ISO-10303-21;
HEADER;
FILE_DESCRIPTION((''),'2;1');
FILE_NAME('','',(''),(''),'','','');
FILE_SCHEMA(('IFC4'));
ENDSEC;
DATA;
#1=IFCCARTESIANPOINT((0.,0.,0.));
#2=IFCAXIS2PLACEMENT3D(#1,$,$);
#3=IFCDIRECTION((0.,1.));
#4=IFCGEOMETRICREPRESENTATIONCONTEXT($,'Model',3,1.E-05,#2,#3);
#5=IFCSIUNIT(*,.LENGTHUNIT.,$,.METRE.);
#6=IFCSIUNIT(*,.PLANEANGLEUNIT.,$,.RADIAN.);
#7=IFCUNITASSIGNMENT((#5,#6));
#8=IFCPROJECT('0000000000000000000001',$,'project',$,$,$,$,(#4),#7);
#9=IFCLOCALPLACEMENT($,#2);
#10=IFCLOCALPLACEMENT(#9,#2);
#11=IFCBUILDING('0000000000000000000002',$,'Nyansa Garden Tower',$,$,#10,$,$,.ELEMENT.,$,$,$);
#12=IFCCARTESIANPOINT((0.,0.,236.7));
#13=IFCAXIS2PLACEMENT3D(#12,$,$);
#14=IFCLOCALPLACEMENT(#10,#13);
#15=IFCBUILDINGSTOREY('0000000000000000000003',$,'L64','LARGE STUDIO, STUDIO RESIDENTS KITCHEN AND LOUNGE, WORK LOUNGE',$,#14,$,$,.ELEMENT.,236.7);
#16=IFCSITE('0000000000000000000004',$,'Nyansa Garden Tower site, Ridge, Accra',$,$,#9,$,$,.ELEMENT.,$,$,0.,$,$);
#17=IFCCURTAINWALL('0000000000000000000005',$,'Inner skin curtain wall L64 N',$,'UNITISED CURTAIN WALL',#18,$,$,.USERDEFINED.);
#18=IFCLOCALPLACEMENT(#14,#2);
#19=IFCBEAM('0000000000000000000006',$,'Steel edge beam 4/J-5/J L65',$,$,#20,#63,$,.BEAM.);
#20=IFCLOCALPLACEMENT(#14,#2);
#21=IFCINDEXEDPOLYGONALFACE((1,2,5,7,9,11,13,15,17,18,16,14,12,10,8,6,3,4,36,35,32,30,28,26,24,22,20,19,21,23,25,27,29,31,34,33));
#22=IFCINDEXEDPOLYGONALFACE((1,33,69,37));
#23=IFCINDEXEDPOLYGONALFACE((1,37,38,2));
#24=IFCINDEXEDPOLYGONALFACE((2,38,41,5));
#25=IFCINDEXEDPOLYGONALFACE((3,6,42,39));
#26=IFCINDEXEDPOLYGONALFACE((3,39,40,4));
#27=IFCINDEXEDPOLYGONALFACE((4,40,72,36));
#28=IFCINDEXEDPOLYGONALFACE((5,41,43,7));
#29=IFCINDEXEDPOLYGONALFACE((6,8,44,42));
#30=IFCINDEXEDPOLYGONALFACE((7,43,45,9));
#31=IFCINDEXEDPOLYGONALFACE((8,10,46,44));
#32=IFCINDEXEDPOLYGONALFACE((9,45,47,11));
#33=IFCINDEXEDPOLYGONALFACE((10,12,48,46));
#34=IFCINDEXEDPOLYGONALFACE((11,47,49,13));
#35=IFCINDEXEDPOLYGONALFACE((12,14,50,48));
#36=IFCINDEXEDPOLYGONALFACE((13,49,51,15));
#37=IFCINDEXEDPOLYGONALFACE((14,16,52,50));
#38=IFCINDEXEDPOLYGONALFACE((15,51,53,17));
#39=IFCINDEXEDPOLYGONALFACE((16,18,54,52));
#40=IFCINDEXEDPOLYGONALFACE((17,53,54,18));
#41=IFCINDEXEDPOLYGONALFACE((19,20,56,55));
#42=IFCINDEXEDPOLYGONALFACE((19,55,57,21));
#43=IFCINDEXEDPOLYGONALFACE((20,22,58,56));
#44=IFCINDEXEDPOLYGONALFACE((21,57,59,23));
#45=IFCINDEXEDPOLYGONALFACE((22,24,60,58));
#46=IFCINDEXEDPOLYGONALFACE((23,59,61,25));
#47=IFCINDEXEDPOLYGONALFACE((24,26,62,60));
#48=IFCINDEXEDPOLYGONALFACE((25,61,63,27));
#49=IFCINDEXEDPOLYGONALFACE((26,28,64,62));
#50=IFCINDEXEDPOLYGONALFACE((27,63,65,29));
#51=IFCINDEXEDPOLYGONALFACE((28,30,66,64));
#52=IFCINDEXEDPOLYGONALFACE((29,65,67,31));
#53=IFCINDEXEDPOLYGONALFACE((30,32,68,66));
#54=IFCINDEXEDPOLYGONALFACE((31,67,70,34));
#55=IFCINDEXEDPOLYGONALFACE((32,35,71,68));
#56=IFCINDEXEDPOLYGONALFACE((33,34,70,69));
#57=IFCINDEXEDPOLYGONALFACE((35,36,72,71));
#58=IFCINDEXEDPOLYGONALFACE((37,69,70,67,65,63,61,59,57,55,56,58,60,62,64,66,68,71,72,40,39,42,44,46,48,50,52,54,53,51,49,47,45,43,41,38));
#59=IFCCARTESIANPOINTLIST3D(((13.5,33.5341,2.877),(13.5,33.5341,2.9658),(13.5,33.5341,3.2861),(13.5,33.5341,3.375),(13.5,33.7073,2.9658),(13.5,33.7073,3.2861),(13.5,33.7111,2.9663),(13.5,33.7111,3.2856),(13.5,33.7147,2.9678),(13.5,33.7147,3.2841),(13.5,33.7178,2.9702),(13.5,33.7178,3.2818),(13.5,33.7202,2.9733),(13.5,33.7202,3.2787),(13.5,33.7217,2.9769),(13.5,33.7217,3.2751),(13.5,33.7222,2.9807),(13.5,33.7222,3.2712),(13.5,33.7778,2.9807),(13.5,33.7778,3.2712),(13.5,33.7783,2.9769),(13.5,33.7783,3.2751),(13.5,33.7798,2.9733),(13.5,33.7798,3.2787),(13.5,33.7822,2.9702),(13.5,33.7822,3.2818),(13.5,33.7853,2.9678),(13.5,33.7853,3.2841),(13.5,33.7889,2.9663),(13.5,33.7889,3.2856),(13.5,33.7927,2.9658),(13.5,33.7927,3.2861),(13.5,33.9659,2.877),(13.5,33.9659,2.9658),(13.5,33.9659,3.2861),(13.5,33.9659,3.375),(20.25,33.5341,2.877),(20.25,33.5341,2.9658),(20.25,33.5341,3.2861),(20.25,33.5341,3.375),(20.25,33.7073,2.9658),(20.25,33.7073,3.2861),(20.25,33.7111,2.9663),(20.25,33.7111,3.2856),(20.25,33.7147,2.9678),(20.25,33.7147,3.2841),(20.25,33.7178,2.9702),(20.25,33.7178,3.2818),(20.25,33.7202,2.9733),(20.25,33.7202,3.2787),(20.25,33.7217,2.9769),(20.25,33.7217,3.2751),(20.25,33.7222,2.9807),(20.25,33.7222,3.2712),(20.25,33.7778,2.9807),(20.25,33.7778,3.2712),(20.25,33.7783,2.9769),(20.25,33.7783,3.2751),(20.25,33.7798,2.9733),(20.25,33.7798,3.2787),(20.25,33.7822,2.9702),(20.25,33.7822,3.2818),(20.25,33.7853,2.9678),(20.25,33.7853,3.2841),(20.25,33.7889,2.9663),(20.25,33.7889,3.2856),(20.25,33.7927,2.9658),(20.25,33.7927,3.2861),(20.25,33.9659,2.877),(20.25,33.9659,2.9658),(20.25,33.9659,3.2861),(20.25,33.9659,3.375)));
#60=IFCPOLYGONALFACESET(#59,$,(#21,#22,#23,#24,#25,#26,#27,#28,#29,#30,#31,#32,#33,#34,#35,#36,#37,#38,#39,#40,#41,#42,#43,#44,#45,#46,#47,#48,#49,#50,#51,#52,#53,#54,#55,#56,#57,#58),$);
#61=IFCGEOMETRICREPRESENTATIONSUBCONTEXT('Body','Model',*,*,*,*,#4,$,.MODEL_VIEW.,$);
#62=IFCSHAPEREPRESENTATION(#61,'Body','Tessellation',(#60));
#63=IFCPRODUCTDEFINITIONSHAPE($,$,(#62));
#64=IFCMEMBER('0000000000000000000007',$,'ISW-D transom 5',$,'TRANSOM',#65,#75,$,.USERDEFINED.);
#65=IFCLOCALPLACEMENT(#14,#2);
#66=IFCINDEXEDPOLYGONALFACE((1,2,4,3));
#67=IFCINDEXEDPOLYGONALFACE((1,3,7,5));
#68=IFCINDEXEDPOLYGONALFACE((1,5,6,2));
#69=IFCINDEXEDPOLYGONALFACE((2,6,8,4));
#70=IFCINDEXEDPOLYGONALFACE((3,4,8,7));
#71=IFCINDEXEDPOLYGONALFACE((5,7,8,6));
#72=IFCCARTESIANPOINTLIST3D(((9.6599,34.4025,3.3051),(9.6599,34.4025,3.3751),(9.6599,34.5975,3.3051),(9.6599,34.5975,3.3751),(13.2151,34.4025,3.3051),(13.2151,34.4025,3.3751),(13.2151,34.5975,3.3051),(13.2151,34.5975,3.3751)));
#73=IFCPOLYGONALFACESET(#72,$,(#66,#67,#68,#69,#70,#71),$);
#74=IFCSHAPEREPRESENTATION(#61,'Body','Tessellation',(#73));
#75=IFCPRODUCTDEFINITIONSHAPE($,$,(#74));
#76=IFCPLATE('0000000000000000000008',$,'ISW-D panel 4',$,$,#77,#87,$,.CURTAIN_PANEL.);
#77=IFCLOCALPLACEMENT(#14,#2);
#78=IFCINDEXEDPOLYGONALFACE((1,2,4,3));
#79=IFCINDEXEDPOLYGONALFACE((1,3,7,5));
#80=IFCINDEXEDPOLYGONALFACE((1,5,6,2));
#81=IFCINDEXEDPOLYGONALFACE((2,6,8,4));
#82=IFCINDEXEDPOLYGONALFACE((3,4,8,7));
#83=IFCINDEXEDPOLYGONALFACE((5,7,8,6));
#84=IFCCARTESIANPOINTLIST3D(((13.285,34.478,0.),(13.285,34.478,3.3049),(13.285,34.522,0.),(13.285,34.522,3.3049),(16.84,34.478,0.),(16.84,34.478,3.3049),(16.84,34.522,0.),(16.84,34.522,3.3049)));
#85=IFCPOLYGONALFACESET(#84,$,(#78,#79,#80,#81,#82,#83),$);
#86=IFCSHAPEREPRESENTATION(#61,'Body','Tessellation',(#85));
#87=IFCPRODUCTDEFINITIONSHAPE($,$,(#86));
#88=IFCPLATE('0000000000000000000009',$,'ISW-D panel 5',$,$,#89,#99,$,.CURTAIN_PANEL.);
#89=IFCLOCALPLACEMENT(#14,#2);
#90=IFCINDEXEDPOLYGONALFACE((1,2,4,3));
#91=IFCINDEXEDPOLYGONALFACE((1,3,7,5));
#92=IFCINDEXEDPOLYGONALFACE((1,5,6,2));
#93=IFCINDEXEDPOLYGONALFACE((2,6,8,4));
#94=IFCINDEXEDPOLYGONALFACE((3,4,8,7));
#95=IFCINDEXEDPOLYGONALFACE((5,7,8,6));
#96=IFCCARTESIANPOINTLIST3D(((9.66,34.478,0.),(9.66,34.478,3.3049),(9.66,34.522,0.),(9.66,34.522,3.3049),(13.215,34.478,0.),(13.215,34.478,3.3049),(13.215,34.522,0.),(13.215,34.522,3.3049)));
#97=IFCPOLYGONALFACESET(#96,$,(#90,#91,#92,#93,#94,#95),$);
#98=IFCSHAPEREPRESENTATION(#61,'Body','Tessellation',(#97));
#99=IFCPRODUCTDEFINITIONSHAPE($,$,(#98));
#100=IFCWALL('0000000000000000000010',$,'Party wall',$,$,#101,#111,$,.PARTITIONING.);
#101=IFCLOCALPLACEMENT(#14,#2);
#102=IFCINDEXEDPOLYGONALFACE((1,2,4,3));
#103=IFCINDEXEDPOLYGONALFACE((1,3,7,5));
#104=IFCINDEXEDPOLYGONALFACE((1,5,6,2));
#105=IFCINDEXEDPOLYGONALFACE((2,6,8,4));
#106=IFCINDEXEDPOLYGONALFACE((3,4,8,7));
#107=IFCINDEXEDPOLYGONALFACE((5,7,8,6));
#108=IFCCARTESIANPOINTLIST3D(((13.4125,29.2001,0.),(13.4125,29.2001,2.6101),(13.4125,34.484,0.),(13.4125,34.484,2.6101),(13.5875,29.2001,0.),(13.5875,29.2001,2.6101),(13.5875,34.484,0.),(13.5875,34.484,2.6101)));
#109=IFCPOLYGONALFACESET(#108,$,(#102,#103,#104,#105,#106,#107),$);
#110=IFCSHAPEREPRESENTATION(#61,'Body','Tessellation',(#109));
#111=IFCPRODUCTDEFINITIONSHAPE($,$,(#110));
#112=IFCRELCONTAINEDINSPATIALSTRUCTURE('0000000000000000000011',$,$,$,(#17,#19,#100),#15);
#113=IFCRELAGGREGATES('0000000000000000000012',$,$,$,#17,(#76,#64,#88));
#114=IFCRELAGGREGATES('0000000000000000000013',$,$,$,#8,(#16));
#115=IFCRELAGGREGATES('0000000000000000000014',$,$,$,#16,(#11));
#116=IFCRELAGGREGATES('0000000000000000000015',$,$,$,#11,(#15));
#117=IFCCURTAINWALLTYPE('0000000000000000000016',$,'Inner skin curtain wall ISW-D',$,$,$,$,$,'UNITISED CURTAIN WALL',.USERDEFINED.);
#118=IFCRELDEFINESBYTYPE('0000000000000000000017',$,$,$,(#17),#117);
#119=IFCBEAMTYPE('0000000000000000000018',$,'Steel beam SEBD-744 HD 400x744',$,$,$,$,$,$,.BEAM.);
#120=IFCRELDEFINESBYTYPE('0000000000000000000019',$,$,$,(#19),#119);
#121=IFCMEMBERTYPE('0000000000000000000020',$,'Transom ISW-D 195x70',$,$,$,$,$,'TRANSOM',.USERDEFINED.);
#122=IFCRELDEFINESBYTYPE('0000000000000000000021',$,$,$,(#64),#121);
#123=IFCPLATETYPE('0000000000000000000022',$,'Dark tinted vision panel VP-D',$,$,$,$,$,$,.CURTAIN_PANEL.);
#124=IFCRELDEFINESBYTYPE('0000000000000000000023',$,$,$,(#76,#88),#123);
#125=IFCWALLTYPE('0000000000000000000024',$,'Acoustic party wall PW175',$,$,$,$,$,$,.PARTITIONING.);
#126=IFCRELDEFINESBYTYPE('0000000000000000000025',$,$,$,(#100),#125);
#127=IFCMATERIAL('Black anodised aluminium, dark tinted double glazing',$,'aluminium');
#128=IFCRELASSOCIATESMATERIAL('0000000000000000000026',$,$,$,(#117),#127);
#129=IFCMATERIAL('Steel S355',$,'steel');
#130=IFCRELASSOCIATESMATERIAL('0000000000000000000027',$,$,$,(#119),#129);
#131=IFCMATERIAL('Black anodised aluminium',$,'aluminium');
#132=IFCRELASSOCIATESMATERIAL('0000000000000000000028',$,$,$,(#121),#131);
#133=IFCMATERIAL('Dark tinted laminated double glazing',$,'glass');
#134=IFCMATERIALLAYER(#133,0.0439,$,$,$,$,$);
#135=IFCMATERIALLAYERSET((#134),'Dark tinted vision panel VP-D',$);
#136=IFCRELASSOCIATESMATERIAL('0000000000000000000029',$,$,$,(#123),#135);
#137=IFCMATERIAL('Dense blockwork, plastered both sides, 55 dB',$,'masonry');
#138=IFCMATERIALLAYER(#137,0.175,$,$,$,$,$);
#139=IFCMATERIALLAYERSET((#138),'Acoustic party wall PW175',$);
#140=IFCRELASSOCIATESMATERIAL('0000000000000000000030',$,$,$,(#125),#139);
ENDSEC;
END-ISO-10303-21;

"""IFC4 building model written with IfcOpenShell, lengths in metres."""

from ifc_helpers import new_model, si_unit, direction, frame, frame_2d, origin, origin_2d, place, context, subcontext, project, spatial, rectangle, i_section, extrude, material, layer, layer_set, material_profile, profile_set, type_object, element, aggregate, save


model = new_model("IFC4")

# Units and contexts
model_context = context("Model", 3, precision=1e-05, world=origin(), true_north=direction((0.0, 1.0)))
body_context = subcontext(model_context, "Body", "Model", "MODEL_VIEW")
ifc_project = project(units=[si_unit("LENGTHUNIT", "METRE"), si_unit("PLANEANGLEUNIT", "RADIAN")], contexts=[model_context])

# Site, building, storey
site_placement = place(None, origin())
site = spatial("IfcSite", under=ifc_project, at=site_placement, Name="Nyansa Garden Tower site, Ridge, Accra", CompositionType="ELEMENT", RefElevation=0.0)
building_placement = place(site_placement, origin())
building = spatial("IfcBuilding", under=site, at=building_placement, Name="Nyansa Garden Tower", CompositionType="ELEMENT")
storey_placement = place(building_placement, frame((0.0, 0.0, 236.7)))
storey = spatial("IfcBuildingStorey", under=building, at=storey_placement, Name="L64", Description="LARGE STUDIO, STUDIO RESIDENTS KITCHEN AND LOUNGE, WORK LOUNGE", CompositionType="ELEMENT", Elevation=236.7)

# Curtain wall
ifc_material_1 = material(Name="Black anodised aluminium, dark tinted double glazing", Category="aluminium")
curtain_wall_type = type_object("IfcCurtainWallType", Name="Inner skin curtain wall ISW-D", ElementType="UNITISED CURTAIN WALL", PredefinedType="USERDEFINED", material=ifc_material_1)
curtain_wall_placement = place(storey_placement, origin())
curtain_wall = element("IfcCurtainWall", 1, at=curtain_wall_placement, inside=storey, type_object=curtain_wall_type, Name="Inner skin curtain wall L64 N", ObjectType="UNITISED CURTAIN WALL", PredefinedType="USERDEFINED")

# Beam
ifc_material_2 = material(Name="Steel S355", Category="steel")
ifc_material_profile_1 = material_profile(ifc_material_2, i_section(OverallWidth=0.4319, OverallDepth=0.498, WebThickness=0.0557, FlangeThickness=0.0889, FilletRadius=0.0149, at=origin_2d()), Name="HD 400x744")
ifc_profile_set_1 = profile_set([ifc_material_profile_1], Name="Steel S355")
beam_type_1 = type_object("IfcBeamType", Name="Steel beam SEBD-744 HD 400x744", PredefinedType="BEAM", material=ifc_profile_set_1)
beam_1_placement = place(storey_placement, frame((13.5, 33.75, 3.126), z_axis=(1.0, 0.0, 0.0), x_axis=(0.0, 1.0, 0.0)))
element("IfcBeam", 2, at=beam_1_placement, inside=storey, type_object=beam_type_1, Name="Steel edge beam 4/J-5/J L65", PredefinedType="BEAM", context=body_context, shape_type="SweptSolid", body=[
    extrude(i_section(OverallWidth=0.4319, OverallDepth=0.498, WebThickness=0.0557, FlangeThickness=0.0889, FilletRadius=0.0149, at=origin_2d()), origin(), (0.0, 0.0, 1.0), 6.75),
])

# Member
ifc_material_3 = material(Name="Black anodised aluminium", Category="aluminium")
ifc_material_profile_2 = material_profile(ifc_material_3, rectangle(XDim=0.1951, YDim=0.0701, at=origin_2d()), Name="Transom 195x70")
ifc_profile_set_2 = profile_set([ifc_material_profile_2], Name="Black anodised aluminium")
member_type_1 = type_object("IfcMemberType", Name="Transom ISW-D 195x70", ElementType="TRANSOM", PredefinedType="USERDEFINED", material=ifc_profile_set_2)
member_1_placement = place(storey_placement, frame((13.2151, 34.5, 3.3401), z_axis=(-1.0, 0.0, 0.0), x_axis=(0.0, -1.0, 0.0)))
member_1 = element("IfcMember", 3, at=member_1_placement, type_object=member_type_1, Name="ISW-D transom 5", ObjectType="TRANSOM", PredefinedType="USERDEFINED", context=body_context, shape_type="SweptSolid", body=[
    extrude(rectangle(XDim=0.1951, YDim=0.0701, at=origin_2d()), origin(), (0.0, 0.0, 1.0), 3.5552),
])

# Plates
ifc_material_4 = material(Name="Dark tinted laminated double glazing", Category="glass")
ifc_layer_1 = layer(ifc_material_4, 0.0439)
ifc_layer_set_1 = layer_set([ifc_layer_1], Name="Dark tinted vision panel VP-D")
plate_type = type_object("IfcPlateType", Name="Dark tinted vision panel VP-D", PredefinedType="CURTAIN_PANEL", material=ifc_layer_set_1)
plate_1_placement = place(storey_placement, frame((15.0625, 34.5, 0.0), z_axis=(0.0, 0.0, 1.0), x_axis=(-1.0, 0.0, 0.0)))
plate_1 = element("IfcPlate", 4, at=plate_1_placement, type_object=plate_type, Name="ISW-D panel 4", PredefinedType="CURTAIN_PANEL", context=body_context, shape_type="SweptSolid", body=[
    extrude(rectangle(XDim=3.5549, YDim=0.0439, at=origin_2d()), origin(), (0.0, 0.0, 1.0), 3.3049),
])
plate_2_placement = place(storey_placement, frame((11.4375, 34.5, 0.0), z_axis=(0.0, 0.0, 1.0), x_axis=(-1.0, 0.0, 0.0)))
plate_2 = element("IfcPlate", 5, at=plate_2_placement, type_object=plate_type, Name="ISW-D panel 5", PredefinedType="CURTAIN_PANEL", context=body_context, shape_type="SweptSolid", body=[
    extrude(rectangle(XDim=3.5549, YDim=0.0439, at=origin_2d()), origin(), (0.0, 0.0, 1.0), 3.3049),
])
aggregate(curtain_wall, [plate_1, member_1, plate_2])

# Wall
ifc_material_5 = material(Name="Dense blockwork, plastered both sides, 55 dB", Category="masonry")
ifc_layer_2 = layer(ifc_material_5, 0.175)
ifc_layer_set_2 = layer_set([ifc_layer_2], Name="Acoustic party wall PW175")
wall_type_1 = type_object("IfcWallType", Name="Acoustic party wall PW175", PredefinedType="PARTITIONING", material=ifc_layer_set_2)
wall_1_placement = place(storey_placement, frame((13.5, 29.2, 0.0), z_axis=(0.0, 0.0, 1.0), x_axis=(0.0, 1.0, 0.0)))
element("IfcWall", 6, at=wall_1_placement, inside=storey, type_object=wall_type_1, Name="Party wall", PredefinedType="PARTITIONING", context=body_context, shape_type="SweptSolid", body=[
    extrude(rectangle(XDim=5.2839, YDim=0.175, at=frame_2d((2.6421, 0.0))), origin(), (0.0, 0.0, 1.0), 2.6101),
])

save(model, "model.ifc")
